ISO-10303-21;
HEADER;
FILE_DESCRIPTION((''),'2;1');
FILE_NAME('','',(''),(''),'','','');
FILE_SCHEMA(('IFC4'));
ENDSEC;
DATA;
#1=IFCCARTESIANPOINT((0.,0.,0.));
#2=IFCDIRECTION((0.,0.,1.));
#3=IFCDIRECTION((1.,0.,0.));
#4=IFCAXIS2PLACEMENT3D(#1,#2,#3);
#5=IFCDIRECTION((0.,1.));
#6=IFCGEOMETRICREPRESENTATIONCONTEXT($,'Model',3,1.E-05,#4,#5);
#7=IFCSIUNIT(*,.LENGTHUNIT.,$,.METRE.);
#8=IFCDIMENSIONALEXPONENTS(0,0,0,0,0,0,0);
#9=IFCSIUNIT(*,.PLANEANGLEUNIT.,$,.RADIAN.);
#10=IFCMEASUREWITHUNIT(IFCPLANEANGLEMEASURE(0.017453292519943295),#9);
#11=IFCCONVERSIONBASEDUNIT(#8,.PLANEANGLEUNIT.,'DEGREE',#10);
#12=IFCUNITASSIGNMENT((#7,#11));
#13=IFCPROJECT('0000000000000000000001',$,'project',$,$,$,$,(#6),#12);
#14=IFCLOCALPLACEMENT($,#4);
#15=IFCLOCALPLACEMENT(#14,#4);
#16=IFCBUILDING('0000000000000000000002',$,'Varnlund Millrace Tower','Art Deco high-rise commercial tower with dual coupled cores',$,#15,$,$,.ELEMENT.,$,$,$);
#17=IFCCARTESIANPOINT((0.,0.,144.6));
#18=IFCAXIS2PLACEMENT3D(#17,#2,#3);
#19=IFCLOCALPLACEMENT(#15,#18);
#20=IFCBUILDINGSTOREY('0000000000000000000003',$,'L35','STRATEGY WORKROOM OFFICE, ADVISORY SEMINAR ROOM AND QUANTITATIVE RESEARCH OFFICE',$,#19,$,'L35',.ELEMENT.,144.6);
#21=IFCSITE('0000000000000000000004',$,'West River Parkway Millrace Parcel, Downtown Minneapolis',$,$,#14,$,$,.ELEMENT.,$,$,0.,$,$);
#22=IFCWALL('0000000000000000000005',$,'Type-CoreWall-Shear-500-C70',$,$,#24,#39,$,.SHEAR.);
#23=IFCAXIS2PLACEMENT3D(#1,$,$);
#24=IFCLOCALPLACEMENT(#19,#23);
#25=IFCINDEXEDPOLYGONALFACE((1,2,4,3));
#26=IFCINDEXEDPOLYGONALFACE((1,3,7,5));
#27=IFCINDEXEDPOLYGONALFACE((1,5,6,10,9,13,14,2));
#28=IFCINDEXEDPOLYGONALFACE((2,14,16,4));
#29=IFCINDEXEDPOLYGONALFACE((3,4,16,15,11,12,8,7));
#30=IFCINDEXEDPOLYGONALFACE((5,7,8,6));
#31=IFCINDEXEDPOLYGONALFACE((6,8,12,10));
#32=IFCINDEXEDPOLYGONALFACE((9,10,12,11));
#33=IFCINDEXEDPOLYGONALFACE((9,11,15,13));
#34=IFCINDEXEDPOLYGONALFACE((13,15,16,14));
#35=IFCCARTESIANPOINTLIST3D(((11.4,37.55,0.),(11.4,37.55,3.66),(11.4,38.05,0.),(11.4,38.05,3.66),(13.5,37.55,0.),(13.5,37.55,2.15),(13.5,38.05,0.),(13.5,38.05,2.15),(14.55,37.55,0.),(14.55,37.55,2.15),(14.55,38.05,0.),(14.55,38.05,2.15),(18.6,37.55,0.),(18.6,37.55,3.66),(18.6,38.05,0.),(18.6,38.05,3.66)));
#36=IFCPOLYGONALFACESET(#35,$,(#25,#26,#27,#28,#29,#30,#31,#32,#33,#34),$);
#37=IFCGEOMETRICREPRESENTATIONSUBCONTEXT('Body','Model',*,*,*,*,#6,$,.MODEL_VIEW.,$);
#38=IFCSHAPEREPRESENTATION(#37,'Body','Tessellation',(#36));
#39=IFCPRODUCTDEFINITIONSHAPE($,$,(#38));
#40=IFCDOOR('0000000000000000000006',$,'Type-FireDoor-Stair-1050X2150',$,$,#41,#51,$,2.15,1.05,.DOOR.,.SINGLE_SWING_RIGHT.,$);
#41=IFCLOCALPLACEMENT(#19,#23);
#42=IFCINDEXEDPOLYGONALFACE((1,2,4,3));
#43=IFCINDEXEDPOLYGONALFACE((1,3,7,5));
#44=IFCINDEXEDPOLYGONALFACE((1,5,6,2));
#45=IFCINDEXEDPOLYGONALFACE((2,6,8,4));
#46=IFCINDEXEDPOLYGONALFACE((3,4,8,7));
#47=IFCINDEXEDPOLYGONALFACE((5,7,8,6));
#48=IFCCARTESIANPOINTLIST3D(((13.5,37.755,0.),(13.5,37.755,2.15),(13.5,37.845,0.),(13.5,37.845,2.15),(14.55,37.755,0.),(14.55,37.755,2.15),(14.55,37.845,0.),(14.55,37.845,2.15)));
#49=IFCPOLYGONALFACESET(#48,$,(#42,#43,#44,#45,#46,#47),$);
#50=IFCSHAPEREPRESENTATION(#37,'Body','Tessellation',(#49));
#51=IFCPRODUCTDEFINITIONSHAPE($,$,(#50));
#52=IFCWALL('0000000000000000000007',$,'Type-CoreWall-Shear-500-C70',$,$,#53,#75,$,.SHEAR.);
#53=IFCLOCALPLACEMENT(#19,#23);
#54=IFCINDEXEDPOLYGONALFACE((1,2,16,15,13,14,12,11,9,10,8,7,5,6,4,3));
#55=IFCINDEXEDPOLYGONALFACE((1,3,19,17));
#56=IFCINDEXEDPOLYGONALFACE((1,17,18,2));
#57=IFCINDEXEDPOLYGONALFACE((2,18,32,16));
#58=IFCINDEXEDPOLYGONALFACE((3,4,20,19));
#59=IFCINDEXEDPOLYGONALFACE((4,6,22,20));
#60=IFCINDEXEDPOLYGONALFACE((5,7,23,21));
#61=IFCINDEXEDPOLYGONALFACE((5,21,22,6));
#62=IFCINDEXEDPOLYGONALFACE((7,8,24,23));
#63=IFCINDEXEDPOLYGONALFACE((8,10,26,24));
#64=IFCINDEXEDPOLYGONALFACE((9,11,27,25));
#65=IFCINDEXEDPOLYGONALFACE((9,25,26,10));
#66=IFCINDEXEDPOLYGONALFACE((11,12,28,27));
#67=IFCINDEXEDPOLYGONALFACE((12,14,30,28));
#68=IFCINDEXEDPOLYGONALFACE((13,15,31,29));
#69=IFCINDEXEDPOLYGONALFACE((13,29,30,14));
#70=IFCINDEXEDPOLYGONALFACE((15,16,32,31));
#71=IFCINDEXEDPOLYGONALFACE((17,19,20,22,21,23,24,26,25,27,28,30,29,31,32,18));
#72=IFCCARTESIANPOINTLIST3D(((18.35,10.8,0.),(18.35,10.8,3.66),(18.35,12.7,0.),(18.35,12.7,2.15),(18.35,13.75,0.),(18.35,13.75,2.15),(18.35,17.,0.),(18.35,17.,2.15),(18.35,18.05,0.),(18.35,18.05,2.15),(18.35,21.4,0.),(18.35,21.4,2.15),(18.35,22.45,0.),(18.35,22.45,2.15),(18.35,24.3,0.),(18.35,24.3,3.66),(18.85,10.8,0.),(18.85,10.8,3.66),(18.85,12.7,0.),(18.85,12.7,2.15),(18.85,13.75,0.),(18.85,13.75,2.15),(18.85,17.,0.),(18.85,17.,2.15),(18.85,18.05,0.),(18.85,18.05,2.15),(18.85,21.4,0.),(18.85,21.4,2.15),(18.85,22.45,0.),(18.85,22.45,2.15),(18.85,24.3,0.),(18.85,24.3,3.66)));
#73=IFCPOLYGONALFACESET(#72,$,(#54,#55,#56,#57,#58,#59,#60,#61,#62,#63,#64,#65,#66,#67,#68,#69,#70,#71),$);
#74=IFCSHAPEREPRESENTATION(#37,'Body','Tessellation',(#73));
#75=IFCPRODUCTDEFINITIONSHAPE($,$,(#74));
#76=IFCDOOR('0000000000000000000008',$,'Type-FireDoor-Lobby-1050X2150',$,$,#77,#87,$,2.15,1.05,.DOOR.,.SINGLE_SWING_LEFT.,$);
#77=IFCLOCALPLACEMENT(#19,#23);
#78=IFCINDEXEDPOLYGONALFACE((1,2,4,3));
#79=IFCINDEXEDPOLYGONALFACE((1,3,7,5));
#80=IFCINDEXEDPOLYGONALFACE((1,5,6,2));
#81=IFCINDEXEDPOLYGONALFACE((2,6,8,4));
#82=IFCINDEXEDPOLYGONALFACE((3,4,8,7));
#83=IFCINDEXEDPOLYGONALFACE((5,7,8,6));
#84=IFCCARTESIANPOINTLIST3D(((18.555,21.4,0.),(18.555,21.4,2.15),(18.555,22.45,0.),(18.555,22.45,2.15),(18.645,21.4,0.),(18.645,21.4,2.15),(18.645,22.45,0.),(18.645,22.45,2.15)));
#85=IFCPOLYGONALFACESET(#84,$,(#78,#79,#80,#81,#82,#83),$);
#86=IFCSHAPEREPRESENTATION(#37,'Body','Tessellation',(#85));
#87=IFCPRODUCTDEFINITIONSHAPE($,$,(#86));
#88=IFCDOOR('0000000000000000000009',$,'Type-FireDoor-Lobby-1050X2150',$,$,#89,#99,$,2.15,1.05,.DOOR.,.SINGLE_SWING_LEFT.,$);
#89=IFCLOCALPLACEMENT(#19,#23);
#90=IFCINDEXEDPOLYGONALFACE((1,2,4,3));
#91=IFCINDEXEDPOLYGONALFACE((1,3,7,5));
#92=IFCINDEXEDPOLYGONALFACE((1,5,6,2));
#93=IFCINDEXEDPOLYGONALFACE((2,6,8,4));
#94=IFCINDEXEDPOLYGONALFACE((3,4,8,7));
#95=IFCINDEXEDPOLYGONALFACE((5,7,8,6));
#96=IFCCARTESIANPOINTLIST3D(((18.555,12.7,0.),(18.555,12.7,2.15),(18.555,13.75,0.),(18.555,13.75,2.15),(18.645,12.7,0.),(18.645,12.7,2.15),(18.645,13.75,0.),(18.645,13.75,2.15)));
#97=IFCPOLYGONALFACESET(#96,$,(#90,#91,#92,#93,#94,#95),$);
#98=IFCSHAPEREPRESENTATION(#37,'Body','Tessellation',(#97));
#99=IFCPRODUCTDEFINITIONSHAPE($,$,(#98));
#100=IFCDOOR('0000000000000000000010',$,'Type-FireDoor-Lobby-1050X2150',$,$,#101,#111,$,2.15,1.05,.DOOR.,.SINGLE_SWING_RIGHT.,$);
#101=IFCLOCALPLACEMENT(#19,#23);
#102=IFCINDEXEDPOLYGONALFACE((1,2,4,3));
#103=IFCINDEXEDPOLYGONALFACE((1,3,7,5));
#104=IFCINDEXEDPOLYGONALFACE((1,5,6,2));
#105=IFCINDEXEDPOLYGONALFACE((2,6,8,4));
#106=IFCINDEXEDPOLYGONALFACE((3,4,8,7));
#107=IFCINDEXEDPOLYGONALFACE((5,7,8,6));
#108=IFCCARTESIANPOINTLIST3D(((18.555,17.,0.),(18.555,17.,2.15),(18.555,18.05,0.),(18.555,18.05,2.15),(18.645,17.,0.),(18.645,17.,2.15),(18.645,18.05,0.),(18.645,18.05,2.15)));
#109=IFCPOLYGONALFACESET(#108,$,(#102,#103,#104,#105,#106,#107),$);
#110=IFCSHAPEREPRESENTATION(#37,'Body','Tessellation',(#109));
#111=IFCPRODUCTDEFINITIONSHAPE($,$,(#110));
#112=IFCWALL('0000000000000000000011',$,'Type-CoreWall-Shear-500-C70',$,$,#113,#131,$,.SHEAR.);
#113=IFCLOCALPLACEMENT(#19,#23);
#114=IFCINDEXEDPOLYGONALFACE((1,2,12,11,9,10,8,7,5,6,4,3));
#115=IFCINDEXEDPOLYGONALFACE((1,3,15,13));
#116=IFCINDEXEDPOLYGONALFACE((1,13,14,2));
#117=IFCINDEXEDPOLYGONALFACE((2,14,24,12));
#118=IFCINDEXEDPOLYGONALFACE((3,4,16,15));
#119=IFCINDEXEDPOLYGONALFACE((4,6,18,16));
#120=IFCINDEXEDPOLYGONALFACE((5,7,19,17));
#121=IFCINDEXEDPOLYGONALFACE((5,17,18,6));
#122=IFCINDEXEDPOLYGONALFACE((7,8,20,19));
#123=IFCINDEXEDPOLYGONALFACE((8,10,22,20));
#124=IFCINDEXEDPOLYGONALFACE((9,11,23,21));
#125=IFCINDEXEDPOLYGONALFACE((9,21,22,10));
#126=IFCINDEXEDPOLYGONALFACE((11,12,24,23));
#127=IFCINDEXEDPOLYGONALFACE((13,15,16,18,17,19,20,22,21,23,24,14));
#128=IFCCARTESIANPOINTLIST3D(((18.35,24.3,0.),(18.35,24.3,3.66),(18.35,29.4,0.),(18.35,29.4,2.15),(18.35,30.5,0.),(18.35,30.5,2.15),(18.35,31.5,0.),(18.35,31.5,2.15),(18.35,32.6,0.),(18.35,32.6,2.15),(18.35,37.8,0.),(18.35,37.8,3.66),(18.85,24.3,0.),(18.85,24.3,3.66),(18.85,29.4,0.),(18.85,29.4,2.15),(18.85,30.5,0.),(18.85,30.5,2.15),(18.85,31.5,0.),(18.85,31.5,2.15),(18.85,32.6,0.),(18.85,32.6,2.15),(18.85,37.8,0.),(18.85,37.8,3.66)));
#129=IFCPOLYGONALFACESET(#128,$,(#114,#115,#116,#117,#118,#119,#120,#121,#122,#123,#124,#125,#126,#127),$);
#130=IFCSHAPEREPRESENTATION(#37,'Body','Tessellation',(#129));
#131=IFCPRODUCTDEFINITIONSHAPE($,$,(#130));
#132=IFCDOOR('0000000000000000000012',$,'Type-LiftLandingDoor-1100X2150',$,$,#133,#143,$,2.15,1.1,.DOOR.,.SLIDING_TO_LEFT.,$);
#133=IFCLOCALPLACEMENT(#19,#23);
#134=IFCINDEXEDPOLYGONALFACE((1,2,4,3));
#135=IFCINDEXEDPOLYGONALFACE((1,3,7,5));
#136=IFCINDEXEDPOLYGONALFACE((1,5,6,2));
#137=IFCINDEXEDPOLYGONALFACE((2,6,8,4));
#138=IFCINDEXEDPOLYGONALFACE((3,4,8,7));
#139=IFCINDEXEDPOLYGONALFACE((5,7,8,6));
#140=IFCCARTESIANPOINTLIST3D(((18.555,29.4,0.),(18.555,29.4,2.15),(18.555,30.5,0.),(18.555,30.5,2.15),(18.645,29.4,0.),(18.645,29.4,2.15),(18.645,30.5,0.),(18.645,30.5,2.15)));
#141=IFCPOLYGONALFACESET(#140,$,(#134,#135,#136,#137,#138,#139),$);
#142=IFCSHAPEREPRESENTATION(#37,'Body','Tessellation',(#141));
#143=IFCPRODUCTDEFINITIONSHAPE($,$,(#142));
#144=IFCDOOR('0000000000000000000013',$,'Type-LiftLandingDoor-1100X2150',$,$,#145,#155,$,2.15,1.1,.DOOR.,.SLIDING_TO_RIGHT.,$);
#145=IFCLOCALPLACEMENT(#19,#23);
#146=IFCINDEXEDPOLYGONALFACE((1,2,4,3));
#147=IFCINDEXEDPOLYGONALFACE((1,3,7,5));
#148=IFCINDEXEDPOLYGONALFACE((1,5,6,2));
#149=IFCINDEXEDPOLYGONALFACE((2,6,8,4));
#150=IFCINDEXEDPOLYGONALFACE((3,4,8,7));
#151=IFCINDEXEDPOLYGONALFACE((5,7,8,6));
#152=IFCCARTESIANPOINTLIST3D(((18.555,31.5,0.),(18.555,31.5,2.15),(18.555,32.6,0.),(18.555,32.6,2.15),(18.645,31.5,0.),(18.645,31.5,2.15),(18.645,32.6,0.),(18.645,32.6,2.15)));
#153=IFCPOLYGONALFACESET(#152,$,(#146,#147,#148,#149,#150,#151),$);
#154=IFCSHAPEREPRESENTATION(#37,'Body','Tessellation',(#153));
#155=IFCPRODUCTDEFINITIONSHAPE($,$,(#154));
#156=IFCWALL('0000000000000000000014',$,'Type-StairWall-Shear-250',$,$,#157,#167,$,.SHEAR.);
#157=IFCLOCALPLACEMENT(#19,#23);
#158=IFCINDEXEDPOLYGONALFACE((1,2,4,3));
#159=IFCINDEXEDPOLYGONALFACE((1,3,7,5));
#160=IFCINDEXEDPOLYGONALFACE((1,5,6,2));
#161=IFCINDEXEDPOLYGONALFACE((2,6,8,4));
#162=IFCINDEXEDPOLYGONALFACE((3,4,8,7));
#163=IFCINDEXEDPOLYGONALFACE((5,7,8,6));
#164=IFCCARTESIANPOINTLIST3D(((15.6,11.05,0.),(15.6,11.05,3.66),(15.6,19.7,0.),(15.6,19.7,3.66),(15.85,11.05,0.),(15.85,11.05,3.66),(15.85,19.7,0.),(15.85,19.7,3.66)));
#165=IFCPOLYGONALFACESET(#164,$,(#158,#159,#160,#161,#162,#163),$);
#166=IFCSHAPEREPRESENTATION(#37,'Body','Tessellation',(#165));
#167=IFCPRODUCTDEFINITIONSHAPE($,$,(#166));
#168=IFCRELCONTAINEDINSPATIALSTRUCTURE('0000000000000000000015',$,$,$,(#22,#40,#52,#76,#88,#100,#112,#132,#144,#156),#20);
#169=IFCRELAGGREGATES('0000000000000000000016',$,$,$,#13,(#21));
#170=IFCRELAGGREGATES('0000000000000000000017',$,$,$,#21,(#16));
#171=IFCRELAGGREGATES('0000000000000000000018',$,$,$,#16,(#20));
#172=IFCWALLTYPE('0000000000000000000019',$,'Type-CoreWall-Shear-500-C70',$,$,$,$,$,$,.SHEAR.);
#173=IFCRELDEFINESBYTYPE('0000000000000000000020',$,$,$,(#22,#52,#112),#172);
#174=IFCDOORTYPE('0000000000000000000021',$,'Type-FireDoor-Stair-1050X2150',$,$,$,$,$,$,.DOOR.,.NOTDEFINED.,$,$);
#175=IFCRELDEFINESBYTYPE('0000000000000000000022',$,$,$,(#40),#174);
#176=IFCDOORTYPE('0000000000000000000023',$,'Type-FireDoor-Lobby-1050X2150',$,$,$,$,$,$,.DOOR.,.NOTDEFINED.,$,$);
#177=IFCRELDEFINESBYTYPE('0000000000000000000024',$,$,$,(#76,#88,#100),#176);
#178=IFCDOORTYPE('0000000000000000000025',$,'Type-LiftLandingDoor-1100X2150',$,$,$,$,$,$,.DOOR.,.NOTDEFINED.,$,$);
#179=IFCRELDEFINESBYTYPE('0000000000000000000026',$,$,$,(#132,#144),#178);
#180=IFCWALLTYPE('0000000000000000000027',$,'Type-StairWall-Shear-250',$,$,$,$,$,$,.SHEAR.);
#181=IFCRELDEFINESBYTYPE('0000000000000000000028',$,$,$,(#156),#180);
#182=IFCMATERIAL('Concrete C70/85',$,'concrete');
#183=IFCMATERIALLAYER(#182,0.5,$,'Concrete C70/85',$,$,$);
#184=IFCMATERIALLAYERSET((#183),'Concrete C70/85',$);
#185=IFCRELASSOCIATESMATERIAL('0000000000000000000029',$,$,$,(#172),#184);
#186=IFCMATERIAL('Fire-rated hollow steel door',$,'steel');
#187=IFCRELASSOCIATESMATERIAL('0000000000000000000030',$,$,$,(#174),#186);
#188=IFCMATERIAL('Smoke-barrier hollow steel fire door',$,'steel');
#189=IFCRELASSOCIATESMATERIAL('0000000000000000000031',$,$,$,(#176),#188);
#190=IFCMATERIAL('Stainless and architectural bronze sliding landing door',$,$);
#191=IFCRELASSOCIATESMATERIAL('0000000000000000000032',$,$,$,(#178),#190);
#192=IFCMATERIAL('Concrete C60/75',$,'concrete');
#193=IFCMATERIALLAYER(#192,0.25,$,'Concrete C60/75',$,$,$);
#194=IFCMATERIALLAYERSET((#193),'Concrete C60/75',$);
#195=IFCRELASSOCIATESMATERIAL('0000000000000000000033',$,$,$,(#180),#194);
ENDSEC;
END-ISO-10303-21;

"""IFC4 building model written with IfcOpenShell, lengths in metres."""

from ifc_helpers import new_model, entity, si_unit, converted_unit, direction, frame, origin_with_axes, origin_2d_with_axis, place, context, subcontext, project, spatial, polyline, rectangle, outline, extrude, material, layer, layer_set, type_object, element, fill, save


model = new_model("IFC4")

# Units and contexts
model_context = context("Model", 3, precision=1e-05, world=origin_with_axes(), true_north=direction((0.0, 1.0)))
body_context = subcontext(model_context, "Body", "Model", "MODEL_VIEW")
ifc_project = project(units=[si_unit("LENGTHUNIT", "METRE"), converted_unit("PLANEANGLEUNIT", "DEGREE", entity("IfcPlaneAngleMeasure", 0.017453292519943295), si_unit("PLANEANGLEUNIT", "RADIAN"), dimensions=[0, 0, 0, 0, 0, 0, 0])], contexts=[model_context])

# Site, building, storey
site_placement = place(None, origin_with_axes())
site = spatial("IfcSite", under=ifc_project, at=site_placement, Name="West River Parkway Millrace Parcel, Downtown Minneapolis", CompositionType="ELEMENT", RefElevation=0.0)
building_placement = place(site_placement, origin_with_axes())
building = spatial("IfcBuilding", under=site, at=building_placement, Name="Varnlund Millrace Tower", Description="Art Deco high-rise commercial tower with dual coupled cores", CompositionType="ELEMENT")
storey_placement = place(building_placement, frame((0.0, 0.0, 144.6), z_axis=(0.0, 0.0, 1.0), x_axis=(1.0, 0.0, 0.0)))
storey = spatial("IfcBuildingStorey", under=building, at=storey_placement, Name="L35", Description="STRATEGY WORKROOM OFFICE, ADVISORY SEMINAR ROOM AND QUANTITATIVE RESEARCH OFFICE", LongName="L35", CompositionType="ELEMENT", Elevation=144.6)

# Shared definitions
ifc_material_1 = material(Name="Concrete C60/75", Category="concrete")

# Shared definitions
ifc_material_2 = material(Name="Concrete C70/85", Category="concrete")
ifc_layer_1 = layer(ifc_material_2, 0.5, Name="Concrete C70/85")
ifc_layer_set_1 = layer_set([ifc_layer_1], Name="Concrete C70/85")
wall_type_1 = type_object("IfcWallType", Name="Type-CoreWall-Shear-500-C70", PredefinedType="SHEAR", material=ifc_layer_set_1)

# Wall, opening, door
ifc_material_3 = material(Name="Fire-rated hollow steel door", Category="steel")
door_type_1 = type_object("IfcDoorType", Name="Type-FireDoor-Stair-1050X2150", OperationType="NOTDEFINED", PredefinedType="DOOR", material=ifc_material_3)
wall_1_placement = place(storey_placement, frame((11.4, 37.8, 0.0), z_axis=(0.0, 0.0, 1.0), x_axis=(1.0, 0.0, 0.0)))
wall_1 = element("IfcWall", 1, at=wall_1_placement, inside=storey, type_object=wall_type_1, Name="Type-CoreWall-Shear-500-C70", PredefinedType="SHEAR", context=body_context, shape_type="SweptSolid", body=[
    extrude(outline(polyline([(0.0, -0.25), (7.2, -0.25), (7.2, 0.25), (0.0, 0.25), (0.0, -0.25)])), origin_with_axes(), (0.0, 0.0, 1.0), 3.66),
])
opening_1_placement = place(wall_1_placement, frame((2.625, 0.0, 0.0), z_axis=(0.0, 0.0, 1.0), x_axis=(1.0, 0.0, 0.0)))
opening_1 = element("IfcOpeningElement", 2, at=opening_1_placement, cuts=wall_1, PredefinedType="OPENING", context=body_context, shape_type="SweptSolid", body=[
    extrude(rectangle(XDim=1.05, YDim=0.52, at=origin_2d_with_axis()), origin_with_axes(), (0.0, 0.0, 1.0), 2.15),
])
door_1_placement = place(wall_1_placement, frame((2.625, 0.0, 0.0), z_axis=(0.0, 0.0, 1.0), x_axis=(1.0, 0.0, 0.0)))
door_1 = element("IfcDoor", 3, at=door_1_placement, inside=storey, type_object=door_type_1, Name="Type-FireDoor-Stair-1050X2150", OperationType="SINGLE_SWING_RIGHT", OverallHeight=2.15, OverallWidth=1.05, PredefinedType="DOOR", context=body_context, shape_type="SweptSolid", body=[
    extrude(rectangle(XDim=1.05, YDim=0.09, at=origin_2d_with_axis()), origin_with_axes(), (0.0, 0.0, 1.0), 2.15),
])
fill(opening_1, door_1)

# Walls, openings, doors
wall_2_placement = place(storey_placement, frame((18.6, 10.8, 0.0), z_axis=(0.0, 0.0, 1.0), x_axis=(0.0, 1.0, 0.0)))
wall_2 = element("IfcWall", 4, at=wall_2_placement, inside=storey, type_object=wall_type_1, Name="Type-CoreWall-Shear-500-C70", PredefinedType="SHEAR", context=body_context, shape_type="SweptSolid", body=[
    extrude(outline(polyline([(0.0, -0.25), (13.5, -0.25), (13.5, 0.25), (0.0, 0.25), (0.0, -0.25)])), origin_with_axes(), (0.0, 0.0, 1.0), 3.66),
])
opening_2_placement = place(wall_2_placement, frame((11.125, 0.0, 0.0), z_axis=(0.0, 0.0, 1.0), x_axis=(1.0, 0.0, 0.0)))
opening_2 = element("IfcOpeningElement", 5, at=opening_2_placement, cuts=wall_2, PredefinedType="OPENING", context=body_context, shape_type="SweptSolid", body=[
    extrude(rectangle(XDim=1.05, YDim=0.52, at=origin_2d_with_axis()), origin_with_axes(), (0.0, 0.0, 1.0), 2.15),
])
opening_3_placement = place(wall_2_placement, frame((2.425, 0.0, 0.0), z_axis=(0.0, 0.0, 1.0), x_axis=(1.0, 0.0, 0.0)))
opening_3 = element("IfcOpeningElement", 6, at=opening_3_placement, cuts=wall_2, PredefinedType="OPENING", context=body_context, shape_type="SweptSolid", body=[
    extrude(rectangle(XDim=1.05, YDim=0.52, at=origin_2d_with_axis()), origin_with_axes(), (0.0, 0.0, 1.0), 2.15),
])
opening_4_placement = place(wall_2_placement, frame((6.725, 0.0, 0.0), z_axis=(0.0, 0.0, 1.0), x_axis=(1.0, 0.0, 0.0)))
opening_4 = element("IfcOpeningElement", 7, at=opening_4_placement, cuts=wall_2, PredefinedType="OPENING", context=body_context, shape_type="SweptSolid", body=[
    extrude(rectangle(XDim=1.05, YDim=0.52, at=origin_2d_with_axis()), origin_with_axes(), (0.0, 0.0, 1.0), 2.15),
])
ifc_material_4 = material(Name="Smoke-barrier hollow steel fire door", Category="steel")
door_type_2 = type_object("IfcDoorType", Name="Type-FireDoor-Lobby-1050X2150", OperationType="NOTDEFINED", PredefinedType="DOOR", material=ifc_material_4)
door_2_placement = place(wall_2_placement, frame((11.125, 0.0, 0.0), z_axis=(0.0, 0.0, 1.0), x_axis=(1.0, 0.0, 0.0)))
door_2 = element("IfcDoor", 8, at=door_2_placement, inside=storey, type_object=door_type_2, Name="Type-FireDoor-Lobby-1050X2150", OperationType="SINGLE_SWING_LEFT", OverallHeight=2.15, OverallWidth=1.05, PredefinedType="DOOR", context=body_context, shape_type="SweptSolid", body=[
    extrude(rectangle(XDim=1.05, YDim=0.09, at=origin_2d_with_axis()), origin_with_axes(), (0.0, 0.0, 1.0), 2.15),
])
fill(opening_2, door_2)
door_3_placement = place(wall_2_placement, frame((2.425, 0.0, 0.0), z_axis=(0.0, 0.0, 1.0), x_axis=(1.0, 0.0, 0.0)))
door_3 = element("IfcDoor", 9, at=door_3_placement, inside=storey, type_object=door_type_2, Name="Type-FireDoor-Lobby-1050X2150", OperationType="SINGLE_SWING_LEFT", OverallHeight=2.15, OverallWidth=1.05, PredefinedType="DOOR", context=body_context, shape_type="SweptSolid", body=[
    extrude(rectangle(XDim=1.05, YDim=0.09, at=origin_2d_with_axis()), origin_with_axes(), (0.0, 0.0, 1.0), 2.15),
])
fill(opening_3, door_3)
door_4_placement = place(wall_2_placement, frame((6.725, 0.0, 0.0), z_axis=(0.0, 0.0, 1.0), x_axis=(1.0, 0.0, 0.0)))
door_4 = element("IfcDoor", 10, at=door_4_placement, inside=storey, type_object=door_type_2, Name="Type-FireDoor-Lobby-1050X2150", OperationType="SINGLE_SWING_RIGHT", OverallHeight=2.15, OverallWidth=1.05, PredefinedType="DOOR", context=body_context, shape_type="SweptSolid", body=[
    extrude(rectangle(XDim=1.05, YDim=0.09, at=origin_2d_with_axis()), origin_with_axes(), (0.0, 0.0, 1.0), 2.15),
])
fill(opening_4, door_4)
wall_3_placement = place(storey_placement, frame((18.6, 24.3, 0.0), z_axis=(0.0, 0.0, 1.0), x_axis=(0.0, 1.0, 0.0)))
wall_3 = element("IfcWall", 11, at=wall_3_placement, inside=storey, type_object=wall_type_1, Name="Type-CoreWall-Shear-500-C70", PredefinedType="SHEAR", context=body_context, shape_type="SweptSolid", body=[
    extrude(outline(polyline([(0.0, -0.25), (13.5, -0.25), (13.5, 0.25), (0.0, 0.25), (0.0, -0.25)])), origin_with_axes(), (0.0, 0.0, 1.0), 3.66),
])
opening_5_placement = place(wall_3_placement, frame((5.65, 0.0, 0.0), z_axis=(0.0, 0.0, 1.0), x_axis=(1.0, 0.0, 0.0)))
opening_5 = element("IfcOpeningElement", 12, at=opening_5_placement, cuts=wall_3, PredefinedType="OPENING", context=body_context, shape_type="SweptSolid", body=[
    extrude(rectangle(XDim=1.1, YDim=0.52, at=origin_2d_with_axis()), origin_with_axes(), (0.0, 0.0, 1.0), 2.15),
])
opening_6_placement = place(wall_3_placement, frame((7.75, 0.0, 0.0), z_axis=(0.0, 0.0, 1.0), x_axis=(1.0, 0.0, 0.0)))
opening_6 = element("IfcOpeningElement", 13, at=opening_6_placement, cuts=wall_3, PredefinedType="OPENING", context=body_context, shape_type="SweptSolid", body=[
    extrude(rectangle(XDim=1.1, YDim=0.52, at=origin_2d_with_axis()), origin_with_axes(), (0.0, 0.0, 1.0), 2.15),
])
ifc_material_5 = material(Name="Stainless and architectural bronze sliding landing door")
door_type_3 = type_object("IfcDoorType", Name="Type-LiftLandingDoor-1100X2150", OperationType="NOTDEFINED", PredefinedType="DOOR", material=ifc_material_5)
door_5_placement = place(wall_3_placement, frame((5.65, 0.0, 0.0), z_axis=(0.0, 0.0, 1.0), x_axis=(1.0, 0.0, 0.0)))
door_5 = element("IfcDoor", 14, at=door_5_placement, inside=storey, type_object=door_type_3, Name="Type-LiftLandingDoor-1100X2150", OperationType="SLIDING_TO_LEFT", OverallHeight=2.15, OverallWidth=1.1, PredefinedType="DOOR", context=body_context, shape_type="SweptSolid", body=[
    extrude(rectangle(XDim=1.1, YDim=0.09, at=origin_2d_with_axis()), origin_with_axes(), (0.0, 0.0, 1.0), 2.15),
])
fill(opening_5, door_5)
door_6_placement = place(wall_3_placement, frame((7.75, 0.0, 0.0), z_axis=(0.0, 0.0, 1.0), x_axis=(1.0, 0.0, 0.0)))
door_6 = element("IfcDoor", 15, at=door_6_placement, inside=storey, type_object=door_type_3, Name="Type-LiftLandingDoor-1100X2150", OperationType="SLIDING_TO_RIGHT", OverallHeight=2.15, OverallWidth=1.1, PredefinedType="DOOR", context=body_context, shape_type="SweptSolid", body=[
    extrude(rectangle(XDim=1.1, YDim=0.09, at=origin_2d_with_axis()), origin_with_axes(), (0.0, 0.0, 1.0), 2.15),
])
fill(opening_6, door_6)

# Wall
ifc_layer_2 = layer(ifc_material_1, 0.25, Name="Concrete C60/75")
ifc_layer_set_2 = layer_set([ifc_layer_2], Name="Concrete C60/75")
wall_type_2 = type_object("IfcWallType", Name="Type-StairWall-Shear-250", PredefinedType="SHEAR", material=ifc_layer_set_2)
wall_4_placement = place(storey_placement, frame((15.725, 11.05, 0.0), z_axis=(0.0, 0.0, 1.0), x_axis=(0.0, 1.0, 0.0)))
element("IfcWall", 16, at=wall_4_placement, inside=storey, type_object=wall_type_2, Name="Type-StairWall-Shear-250", PredefinedType="SHEAR", context=body_context, shape_type="SweptSolid", body=[
    extrude(outline(polyline([(0.0, -0.125), (8.65, -0.125), (8.65, 0.125), (0.0, 0.125), (0.0, -0.125)])), origin_with_axes(), (0.0, 0.0, 1.0), 3.66),
])

save(model, "model.ifc")
